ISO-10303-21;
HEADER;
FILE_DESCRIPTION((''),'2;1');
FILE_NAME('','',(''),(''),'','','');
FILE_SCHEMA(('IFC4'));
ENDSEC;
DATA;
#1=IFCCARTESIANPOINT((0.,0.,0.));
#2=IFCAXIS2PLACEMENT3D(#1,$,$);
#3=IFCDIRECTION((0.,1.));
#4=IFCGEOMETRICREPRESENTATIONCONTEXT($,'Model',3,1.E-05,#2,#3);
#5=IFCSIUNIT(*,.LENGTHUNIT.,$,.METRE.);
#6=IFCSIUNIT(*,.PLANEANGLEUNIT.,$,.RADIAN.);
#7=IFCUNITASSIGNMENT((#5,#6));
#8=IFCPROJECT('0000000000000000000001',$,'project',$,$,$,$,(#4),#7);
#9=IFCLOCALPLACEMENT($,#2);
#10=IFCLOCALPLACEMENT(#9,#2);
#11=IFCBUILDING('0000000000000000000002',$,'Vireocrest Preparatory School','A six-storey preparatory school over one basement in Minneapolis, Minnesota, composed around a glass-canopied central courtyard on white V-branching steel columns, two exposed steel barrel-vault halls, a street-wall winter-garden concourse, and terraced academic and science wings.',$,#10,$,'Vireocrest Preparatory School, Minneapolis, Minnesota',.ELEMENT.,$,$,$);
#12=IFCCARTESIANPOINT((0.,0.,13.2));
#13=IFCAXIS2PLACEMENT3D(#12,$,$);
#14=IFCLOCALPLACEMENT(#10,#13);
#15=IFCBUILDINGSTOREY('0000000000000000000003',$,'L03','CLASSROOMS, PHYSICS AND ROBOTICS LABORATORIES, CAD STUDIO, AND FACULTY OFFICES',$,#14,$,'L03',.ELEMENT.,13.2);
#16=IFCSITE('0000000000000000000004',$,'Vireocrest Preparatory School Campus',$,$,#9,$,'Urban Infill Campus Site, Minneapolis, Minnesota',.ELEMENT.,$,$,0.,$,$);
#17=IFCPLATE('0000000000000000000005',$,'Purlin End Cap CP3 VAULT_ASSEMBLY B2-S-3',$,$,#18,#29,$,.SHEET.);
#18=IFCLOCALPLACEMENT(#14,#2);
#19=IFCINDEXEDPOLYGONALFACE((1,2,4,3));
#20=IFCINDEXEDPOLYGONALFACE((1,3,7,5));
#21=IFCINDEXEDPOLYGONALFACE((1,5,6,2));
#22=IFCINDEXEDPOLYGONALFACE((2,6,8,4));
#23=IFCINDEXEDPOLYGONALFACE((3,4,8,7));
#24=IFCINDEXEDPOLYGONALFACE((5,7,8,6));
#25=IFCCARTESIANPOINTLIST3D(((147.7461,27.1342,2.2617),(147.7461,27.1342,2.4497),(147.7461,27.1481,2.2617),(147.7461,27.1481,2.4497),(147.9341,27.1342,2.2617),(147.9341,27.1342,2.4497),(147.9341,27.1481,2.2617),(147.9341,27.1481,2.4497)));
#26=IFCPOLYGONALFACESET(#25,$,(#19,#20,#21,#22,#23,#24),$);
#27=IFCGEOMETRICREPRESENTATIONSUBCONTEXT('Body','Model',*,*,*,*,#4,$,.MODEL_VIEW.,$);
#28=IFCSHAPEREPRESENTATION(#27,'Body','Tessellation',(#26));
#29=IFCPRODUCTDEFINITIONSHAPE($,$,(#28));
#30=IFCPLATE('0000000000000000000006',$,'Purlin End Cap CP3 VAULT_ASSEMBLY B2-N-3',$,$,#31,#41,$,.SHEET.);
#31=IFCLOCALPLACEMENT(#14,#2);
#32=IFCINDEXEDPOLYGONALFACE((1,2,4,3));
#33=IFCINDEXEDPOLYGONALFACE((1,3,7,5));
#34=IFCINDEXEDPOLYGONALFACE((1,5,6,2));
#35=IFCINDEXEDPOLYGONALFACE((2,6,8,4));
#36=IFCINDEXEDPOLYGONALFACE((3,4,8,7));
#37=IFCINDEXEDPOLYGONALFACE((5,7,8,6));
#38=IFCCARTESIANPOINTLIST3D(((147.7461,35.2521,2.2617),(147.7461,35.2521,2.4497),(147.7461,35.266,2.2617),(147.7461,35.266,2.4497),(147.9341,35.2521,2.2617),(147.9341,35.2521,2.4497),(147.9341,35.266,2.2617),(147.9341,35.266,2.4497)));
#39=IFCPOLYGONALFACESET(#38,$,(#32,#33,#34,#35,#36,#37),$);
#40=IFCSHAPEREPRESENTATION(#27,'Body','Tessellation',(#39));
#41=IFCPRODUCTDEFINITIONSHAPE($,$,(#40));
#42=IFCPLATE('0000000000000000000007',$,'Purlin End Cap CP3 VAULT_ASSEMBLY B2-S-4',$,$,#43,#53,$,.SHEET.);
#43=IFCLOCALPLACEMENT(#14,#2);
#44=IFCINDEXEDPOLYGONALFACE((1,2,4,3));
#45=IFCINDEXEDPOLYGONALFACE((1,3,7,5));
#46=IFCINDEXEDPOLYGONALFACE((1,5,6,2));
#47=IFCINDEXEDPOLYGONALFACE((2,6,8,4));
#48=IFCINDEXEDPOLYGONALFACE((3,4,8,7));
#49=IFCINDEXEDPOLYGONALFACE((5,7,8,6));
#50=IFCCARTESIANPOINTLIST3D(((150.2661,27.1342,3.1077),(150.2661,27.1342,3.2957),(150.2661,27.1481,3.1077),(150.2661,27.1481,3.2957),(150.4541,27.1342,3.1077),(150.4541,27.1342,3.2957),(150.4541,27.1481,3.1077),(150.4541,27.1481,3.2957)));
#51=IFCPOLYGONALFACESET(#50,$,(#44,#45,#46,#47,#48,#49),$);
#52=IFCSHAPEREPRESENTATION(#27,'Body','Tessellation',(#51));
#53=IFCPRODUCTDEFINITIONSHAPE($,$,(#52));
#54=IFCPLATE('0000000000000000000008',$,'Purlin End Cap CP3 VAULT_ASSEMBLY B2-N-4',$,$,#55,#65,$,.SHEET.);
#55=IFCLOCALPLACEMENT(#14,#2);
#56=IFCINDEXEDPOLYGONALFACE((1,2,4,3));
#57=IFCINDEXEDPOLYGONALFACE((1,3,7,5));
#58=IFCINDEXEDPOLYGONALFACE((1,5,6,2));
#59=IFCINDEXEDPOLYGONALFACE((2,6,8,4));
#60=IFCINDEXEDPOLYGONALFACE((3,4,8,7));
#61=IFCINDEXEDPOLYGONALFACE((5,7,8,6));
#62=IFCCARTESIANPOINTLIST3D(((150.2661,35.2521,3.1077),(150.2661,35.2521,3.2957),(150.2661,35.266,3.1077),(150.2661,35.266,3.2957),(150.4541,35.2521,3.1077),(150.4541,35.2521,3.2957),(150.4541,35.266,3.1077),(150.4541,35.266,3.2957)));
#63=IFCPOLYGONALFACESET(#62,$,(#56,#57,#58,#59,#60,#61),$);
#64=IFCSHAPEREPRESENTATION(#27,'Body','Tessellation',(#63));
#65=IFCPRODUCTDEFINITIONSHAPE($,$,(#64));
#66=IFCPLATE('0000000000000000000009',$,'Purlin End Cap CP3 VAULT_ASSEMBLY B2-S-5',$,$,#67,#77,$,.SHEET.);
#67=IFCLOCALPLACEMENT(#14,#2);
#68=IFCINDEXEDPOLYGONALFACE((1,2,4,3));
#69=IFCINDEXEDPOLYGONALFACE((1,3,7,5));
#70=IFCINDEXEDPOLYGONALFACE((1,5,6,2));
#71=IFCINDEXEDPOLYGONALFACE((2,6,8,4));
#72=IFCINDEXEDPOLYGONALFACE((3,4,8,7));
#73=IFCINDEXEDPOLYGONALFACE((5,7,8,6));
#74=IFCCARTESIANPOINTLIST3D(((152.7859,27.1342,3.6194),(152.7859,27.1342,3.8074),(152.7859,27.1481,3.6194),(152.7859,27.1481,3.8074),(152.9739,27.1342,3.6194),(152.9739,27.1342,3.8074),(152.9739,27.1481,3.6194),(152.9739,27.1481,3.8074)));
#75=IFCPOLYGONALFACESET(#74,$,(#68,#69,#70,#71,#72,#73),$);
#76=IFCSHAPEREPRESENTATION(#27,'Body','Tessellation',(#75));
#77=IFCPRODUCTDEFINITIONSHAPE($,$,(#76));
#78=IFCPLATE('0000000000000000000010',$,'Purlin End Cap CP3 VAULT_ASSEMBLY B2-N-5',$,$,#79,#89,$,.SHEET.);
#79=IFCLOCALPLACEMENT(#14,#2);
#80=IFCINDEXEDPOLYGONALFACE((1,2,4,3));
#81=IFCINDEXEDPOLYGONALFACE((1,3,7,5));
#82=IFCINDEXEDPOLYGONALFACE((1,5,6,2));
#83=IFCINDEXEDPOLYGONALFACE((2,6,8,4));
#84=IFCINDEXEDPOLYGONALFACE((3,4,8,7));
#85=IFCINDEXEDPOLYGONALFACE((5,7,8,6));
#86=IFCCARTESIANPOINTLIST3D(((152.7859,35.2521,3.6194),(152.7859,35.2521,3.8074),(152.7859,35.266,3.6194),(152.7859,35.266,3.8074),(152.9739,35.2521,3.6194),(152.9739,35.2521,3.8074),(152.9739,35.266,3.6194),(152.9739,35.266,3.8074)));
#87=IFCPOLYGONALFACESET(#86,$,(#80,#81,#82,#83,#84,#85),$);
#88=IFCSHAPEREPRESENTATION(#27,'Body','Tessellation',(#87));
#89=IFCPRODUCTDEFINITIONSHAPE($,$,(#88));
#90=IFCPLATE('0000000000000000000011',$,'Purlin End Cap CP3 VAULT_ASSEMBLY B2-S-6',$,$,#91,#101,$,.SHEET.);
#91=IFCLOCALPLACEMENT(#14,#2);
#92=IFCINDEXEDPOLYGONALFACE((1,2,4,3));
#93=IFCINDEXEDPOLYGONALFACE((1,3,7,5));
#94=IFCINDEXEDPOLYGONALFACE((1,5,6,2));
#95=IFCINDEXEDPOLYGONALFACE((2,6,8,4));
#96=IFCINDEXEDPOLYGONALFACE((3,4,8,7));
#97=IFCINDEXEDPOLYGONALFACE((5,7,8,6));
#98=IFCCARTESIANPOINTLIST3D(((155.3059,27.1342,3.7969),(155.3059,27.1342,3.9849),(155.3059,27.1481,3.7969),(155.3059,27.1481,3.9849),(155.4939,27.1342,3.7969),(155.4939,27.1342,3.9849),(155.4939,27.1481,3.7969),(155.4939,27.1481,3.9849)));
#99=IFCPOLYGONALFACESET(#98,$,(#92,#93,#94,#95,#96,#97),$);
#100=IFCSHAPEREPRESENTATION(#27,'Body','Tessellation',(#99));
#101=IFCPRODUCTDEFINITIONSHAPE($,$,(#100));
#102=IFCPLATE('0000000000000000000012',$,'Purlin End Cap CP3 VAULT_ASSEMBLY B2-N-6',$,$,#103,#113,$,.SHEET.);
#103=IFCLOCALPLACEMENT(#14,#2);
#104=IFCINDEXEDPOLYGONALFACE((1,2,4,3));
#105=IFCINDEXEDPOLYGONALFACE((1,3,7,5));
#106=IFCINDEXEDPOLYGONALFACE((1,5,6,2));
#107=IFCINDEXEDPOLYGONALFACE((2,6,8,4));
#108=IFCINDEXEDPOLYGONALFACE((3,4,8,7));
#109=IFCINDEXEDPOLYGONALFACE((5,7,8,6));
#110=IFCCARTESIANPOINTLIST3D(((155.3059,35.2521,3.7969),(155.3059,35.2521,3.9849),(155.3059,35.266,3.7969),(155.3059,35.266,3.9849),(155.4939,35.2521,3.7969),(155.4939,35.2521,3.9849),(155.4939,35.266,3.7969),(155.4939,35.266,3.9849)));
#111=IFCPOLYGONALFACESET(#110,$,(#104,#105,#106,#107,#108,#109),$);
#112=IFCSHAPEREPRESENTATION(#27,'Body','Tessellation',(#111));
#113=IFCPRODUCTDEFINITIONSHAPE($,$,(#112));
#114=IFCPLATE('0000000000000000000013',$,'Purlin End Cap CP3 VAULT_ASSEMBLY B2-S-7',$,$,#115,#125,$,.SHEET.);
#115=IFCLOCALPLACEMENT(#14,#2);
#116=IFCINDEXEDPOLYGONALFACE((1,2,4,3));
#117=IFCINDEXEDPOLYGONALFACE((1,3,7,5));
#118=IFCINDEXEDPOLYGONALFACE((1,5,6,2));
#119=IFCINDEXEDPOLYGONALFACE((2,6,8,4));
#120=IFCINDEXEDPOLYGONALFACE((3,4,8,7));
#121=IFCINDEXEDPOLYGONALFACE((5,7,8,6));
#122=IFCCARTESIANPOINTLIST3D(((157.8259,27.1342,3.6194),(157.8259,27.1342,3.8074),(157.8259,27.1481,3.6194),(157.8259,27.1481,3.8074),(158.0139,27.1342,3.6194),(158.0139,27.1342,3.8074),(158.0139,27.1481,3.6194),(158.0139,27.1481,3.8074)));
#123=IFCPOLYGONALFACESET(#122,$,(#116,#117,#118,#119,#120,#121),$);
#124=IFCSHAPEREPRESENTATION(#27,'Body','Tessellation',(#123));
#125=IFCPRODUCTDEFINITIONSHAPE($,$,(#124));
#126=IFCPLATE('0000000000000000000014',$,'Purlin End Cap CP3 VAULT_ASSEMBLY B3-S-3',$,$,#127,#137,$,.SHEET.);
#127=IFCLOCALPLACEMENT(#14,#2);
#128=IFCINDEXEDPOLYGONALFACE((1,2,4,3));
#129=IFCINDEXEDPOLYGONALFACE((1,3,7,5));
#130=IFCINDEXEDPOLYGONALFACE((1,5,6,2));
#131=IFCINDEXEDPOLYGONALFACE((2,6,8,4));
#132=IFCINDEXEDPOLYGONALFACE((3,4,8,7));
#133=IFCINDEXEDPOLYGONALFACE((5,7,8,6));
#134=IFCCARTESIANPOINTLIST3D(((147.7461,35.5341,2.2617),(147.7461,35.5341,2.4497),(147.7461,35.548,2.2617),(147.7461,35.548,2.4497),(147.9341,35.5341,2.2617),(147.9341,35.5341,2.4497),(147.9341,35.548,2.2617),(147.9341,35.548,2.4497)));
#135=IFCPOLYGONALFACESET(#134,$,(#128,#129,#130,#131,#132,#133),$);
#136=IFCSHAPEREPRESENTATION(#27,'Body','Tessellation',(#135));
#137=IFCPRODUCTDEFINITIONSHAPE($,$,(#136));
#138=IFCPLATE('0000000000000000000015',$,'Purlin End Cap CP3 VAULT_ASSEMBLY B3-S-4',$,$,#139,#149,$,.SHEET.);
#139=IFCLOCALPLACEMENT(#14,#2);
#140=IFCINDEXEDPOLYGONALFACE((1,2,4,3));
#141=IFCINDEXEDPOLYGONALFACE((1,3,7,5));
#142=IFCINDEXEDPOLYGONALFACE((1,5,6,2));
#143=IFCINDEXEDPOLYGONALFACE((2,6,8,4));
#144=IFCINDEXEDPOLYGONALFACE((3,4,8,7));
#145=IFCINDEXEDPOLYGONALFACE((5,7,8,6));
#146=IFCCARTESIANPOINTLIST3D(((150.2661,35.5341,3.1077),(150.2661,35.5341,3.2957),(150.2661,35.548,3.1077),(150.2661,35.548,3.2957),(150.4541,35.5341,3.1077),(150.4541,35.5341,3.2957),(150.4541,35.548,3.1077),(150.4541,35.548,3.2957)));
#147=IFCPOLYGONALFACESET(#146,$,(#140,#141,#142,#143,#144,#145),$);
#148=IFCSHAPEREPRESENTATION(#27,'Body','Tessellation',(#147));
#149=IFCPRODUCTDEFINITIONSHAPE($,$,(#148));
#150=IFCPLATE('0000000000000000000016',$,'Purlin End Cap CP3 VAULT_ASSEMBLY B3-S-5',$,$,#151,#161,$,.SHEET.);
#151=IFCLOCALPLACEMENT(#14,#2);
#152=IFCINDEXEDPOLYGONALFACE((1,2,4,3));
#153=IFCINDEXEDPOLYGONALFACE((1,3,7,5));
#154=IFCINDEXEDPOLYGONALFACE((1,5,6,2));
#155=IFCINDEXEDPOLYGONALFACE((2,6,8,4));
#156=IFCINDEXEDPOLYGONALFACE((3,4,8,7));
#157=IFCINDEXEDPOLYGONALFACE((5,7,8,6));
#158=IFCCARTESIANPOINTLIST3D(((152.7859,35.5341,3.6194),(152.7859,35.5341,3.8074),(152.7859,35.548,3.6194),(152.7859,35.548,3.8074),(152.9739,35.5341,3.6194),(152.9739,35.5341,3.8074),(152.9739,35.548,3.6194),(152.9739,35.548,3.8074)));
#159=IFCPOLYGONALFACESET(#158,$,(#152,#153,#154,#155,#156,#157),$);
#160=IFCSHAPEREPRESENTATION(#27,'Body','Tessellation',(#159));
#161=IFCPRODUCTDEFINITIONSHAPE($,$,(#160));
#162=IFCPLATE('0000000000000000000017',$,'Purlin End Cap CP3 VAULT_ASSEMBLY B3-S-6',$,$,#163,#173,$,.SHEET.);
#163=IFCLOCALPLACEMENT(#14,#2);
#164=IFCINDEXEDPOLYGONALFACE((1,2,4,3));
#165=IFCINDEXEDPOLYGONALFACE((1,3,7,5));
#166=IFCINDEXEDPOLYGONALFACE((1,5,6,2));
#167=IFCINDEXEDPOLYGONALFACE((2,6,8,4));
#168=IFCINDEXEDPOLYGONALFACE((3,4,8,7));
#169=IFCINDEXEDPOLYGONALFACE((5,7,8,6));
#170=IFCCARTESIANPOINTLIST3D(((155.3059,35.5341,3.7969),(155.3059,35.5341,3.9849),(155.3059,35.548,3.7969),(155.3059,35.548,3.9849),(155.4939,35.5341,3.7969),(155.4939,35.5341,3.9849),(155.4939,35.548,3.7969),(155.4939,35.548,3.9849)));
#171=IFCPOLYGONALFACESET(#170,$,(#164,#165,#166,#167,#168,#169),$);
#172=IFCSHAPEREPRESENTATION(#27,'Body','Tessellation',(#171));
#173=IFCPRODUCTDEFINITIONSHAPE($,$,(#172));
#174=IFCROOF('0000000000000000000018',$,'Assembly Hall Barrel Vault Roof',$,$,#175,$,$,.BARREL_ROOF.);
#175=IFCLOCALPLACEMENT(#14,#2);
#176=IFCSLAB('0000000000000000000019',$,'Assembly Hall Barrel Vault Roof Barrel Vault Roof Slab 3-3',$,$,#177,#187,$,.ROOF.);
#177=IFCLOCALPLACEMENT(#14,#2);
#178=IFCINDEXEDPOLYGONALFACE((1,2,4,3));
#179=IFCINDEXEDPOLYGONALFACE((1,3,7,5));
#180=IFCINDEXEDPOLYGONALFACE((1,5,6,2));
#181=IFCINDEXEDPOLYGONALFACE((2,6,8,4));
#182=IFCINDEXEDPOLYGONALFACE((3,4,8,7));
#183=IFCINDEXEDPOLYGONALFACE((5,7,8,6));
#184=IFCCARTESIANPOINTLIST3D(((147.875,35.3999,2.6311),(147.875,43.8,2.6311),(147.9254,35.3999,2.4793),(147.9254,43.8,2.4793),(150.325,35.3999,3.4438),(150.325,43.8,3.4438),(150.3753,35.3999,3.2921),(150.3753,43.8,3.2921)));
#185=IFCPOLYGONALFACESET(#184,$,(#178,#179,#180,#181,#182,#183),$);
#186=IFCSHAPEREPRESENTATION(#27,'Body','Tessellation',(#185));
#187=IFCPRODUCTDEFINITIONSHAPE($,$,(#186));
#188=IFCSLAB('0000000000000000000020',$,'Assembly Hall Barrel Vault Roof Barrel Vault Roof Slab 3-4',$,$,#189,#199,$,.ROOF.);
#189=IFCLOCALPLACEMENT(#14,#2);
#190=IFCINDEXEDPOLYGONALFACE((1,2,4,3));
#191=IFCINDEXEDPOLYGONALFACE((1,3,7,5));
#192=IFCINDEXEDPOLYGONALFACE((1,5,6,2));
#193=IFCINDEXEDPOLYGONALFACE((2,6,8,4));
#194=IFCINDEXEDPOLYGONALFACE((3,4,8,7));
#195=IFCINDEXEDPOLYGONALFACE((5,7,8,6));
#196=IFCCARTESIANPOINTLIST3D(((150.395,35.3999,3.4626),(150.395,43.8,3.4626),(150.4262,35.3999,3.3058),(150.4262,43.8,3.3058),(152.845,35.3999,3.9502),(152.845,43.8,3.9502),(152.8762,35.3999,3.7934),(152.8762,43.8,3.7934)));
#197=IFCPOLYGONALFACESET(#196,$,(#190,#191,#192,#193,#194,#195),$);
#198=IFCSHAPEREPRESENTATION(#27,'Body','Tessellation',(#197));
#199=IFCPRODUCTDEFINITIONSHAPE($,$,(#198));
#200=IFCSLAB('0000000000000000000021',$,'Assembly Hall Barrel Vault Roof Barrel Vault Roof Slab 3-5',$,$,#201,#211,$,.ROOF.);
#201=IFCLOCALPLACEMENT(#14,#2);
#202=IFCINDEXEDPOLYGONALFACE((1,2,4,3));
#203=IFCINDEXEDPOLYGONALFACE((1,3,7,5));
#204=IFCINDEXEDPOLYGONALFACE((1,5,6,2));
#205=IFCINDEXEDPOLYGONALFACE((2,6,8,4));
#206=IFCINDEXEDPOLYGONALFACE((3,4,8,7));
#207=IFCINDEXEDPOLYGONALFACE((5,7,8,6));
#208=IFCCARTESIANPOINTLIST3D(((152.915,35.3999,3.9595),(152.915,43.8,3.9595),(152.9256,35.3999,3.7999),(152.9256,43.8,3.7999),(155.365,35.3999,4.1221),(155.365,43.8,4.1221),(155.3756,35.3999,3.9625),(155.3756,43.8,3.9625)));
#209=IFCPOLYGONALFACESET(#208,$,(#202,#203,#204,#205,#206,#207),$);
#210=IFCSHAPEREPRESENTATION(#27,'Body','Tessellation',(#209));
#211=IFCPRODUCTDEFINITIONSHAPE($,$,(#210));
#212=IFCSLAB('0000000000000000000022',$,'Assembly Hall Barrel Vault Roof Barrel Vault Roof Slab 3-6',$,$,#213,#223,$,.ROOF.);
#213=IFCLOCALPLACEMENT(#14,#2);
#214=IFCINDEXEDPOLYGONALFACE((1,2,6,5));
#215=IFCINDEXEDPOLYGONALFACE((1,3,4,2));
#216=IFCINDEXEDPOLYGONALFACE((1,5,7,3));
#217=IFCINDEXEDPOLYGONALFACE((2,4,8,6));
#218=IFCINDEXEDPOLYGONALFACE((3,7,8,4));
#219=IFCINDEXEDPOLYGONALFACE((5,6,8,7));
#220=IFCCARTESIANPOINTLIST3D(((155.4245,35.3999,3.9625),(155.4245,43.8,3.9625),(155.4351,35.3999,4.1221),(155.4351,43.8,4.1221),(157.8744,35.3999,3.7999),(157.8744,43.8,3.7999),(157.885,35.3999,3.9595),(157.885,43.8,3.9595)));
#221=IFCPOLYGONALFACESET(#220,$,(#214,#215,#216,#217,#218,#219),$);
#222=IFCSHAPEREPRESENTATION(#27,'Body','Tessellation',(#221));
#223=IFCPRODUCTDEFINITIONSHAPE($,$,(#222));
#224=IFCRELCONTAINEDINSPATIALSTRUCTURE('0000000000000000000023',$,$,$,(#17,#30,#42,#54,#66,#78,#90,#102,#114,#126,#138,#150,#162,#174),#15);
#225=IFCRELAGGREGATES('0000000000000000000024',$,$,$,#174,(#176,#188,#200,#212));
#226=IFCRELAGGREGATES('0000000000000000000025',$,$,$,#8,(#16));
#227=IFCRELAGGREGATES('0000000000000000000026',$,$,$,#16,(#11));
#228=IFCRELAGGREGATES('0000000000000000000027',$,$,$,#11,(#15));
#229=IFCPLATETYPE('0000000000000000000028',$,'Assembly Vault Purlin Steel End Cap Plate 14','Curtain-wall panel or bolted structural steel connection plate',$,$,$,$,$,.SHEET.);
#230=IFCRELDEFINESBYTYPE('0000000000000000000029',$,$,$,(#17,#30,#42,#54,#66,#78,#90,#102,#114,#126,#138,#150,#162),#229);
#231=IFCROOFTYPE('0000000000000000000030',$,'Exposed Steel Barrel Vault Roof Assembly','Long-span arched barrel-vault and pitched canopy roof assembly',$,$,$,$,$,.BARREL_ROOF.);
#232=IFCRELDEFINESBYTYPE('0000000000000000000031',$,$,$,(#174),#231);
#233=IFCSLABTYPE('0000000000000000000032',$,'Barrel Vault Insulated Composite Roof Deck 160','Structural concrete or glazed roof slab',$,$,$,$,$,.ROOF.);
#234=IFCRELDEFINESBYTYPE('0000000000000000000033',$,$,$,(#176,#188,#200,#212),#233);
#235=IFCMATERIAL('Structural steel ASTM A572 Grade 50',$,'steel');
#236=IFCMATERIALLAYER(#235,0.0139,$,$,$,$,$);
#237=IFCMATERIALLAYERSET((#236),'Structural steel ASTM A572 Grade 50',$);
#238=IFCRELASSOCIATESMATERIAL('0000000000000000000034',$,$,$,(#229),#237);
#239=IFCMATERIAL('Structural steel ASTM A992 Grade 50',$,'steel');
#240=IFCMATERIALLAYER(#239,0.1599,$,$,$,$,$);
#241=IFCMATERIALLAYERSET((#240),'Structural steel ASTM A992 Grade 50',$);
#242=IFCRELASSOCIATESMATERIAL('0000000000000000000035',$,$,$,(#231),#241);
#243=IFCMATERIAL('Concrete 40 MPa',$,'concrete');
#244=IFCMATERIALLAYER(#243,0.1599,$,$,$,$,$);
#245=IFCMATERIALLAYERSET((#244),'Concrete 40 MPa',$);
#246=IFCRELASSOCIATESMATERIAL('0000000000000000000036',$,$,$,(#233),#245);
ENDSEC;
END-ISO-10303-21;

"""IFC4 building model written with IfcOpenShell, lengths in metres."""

from ifc_helpers import new_model, si_unit, direction, frame, origin, origin_2d, place, context, subcontext, project, spatial, polyline, rectangle, outline, extrude, material, layer, layer_set, type_object, element, aggregate, save


model = new_model("IFC4")

# Units and contexts
model_context = context("Model", 3, precision=1e-05, world=origin(), true_north=direction((0.0, 1.0)))
body_context = subcontext(model_context, "Body", "Model", "MODEL_VIEW")
ifc_project = project(units=[si_unit("LENGTHUNIT", "METRE"), si_unit("PLANEANGLEUNIT", "RADIAN")], contexts=[model_context])

# Site, building, storey
site_placement = place(None, origin())
site = spatial("IfcSite", under=ifc_project, at=site_placement, Name="Vireocrest Preparatory School Campus", LongName="Urban Infill Campus Site, Minneapolis, Minnesota", CompositionType="ELEMENT", RefElevation=0.0)
building_placement = place(site_placement, origin())
building = spatial("IfcBuilding", under=site, at=building_placement, Name="Vireocrest Preparatory School", Description="A six-storey preparatory school over one basement in Minneapolis, Minnesota, composed around a glass-canopied central courtyard on white V-branching steel columns, two exposed steel barrel-vault halls, a street-wall winter-garden concourse, and terraced academic and science wings.", LongName="Vireocrest Preparatory School, Minneapolis, Minnesota", CompositionType="ELEMENT")
storey_placement = place(building_placement, frame((0.0, 0.0, 13.2)))
storey = spatial("IfcBuildingStorey", under=building, at=storey_placement, Name="L03", Description="CLASSROOMS, PHYSICS AND ROBOTICS LABORATORIES, CAD STUDIO, AND FACULTY OFFICES", LongName="L03", CompositionType="ELEMENT", Elevation=13.2)

# Shared definitions
ifc_material_1 = material(Name="Structural steel ASTM A992 Grade 50", Category="steel")

# Plates
ifc_material_2 = material(Name="Structural steel ASTM A572 Grade 50", Category="steel")
ifc_layer_1 = layer(ifc_material_2, 0.0139)
ifc_layer_set_1 = layer_set([ifc_layer_1], Name="Structural steel ASTM A572 Grade 50")
plate_type = type_object("IfcPlateType", Name="Assembly Vault Purlin Steel End Cap Plate 14", Description="Curtain-wall panel or bolted structural steel connection plate", PredefinedType="SHEET", material=ifc_layer_set_1)
for number, where, z_axis, x_axis, name in (
    (1, (147.8401, 27.1411, 2.2617), (0.0, 0.0, 1.0), (1.0, 0.0, 0.0), "Purlin End Cap CP3 VAULT_ASSEMBLY B2-S-3"),
    (2, (147.8401, 35.259, 2.2617), (0.0, 0.0, 1.0), (1.0, 0.0, 0.0), "Purlin End Cap CP3 VAULT_ASSEMBLY B2-N-3"),
    (3, (150.3601, 27.1411, 3.1077), (0.0, 0.0, 1.0), (1.0, 0.0, 0.0), "Purlin End Cap CP3 VAULT_ASSEMBLY B2-S-4"),
    (4, (150.3601, 35.259, 3.1077), (0.0, 0.0, 1.0), (1.0, 0.0, 0.0), "Purlin End Cap CP3 VAULT_ASSEMBLY B2-N-4"),
    (5, (152.8799, 27.1411, 3.6194), (0.0, 0.0, 1.0), (1.0, 0.0, 0.0), "Purlin End Cap CP3 VAULT_ASSEMBLY B2-S-5"),
    (6, (152.8799, 35.259, 3.6194), (0.0, 0.0, 1.0), (1.0, 0.0, 0.0), "Purlin End Cap CP3 VAULT_ASSEMBLY B2-N-5"),
    (7, (155.3999, 27.1411, 3.7969), (0.0, 0.0, 1.0), (1.0, 0.0, 0.0), "Purlin End Cap CP3 VAULT_ASSEMBLY B2-S-6"),
    (8, (155.3999, 35.259, 3.7969), (0.0, 0.0, 1.0), (1.0, 0.0, 0.0), "Purlin End Cap CP3 VAULT_ASSEMBLY B2-N-6"),
    (9, (157.9199, 27.1411, 3.6194), (0.0, 0.0, 1.0), (1.0, 0.0, 0.0), "Purlin End Cap CP3 VAULT_ASSEMBLY B2-S-7"),
    (10, (147.8401, 35.541, 2.2617), (0.0, 0.0, 1.0), (1.0, 0.0, 0.0), "Purlin End Cap CP3 VAULT_ASSEMBLY B3-S-3"),
    (11, (150.3601, 35.541, 3.1077), (0.0, 0.0, 1.0), (1.0, 0.0, 0.0), "Purlin End Cap CP3 VAULT_ASSEMBLY B3-S-4"),
    (12, (152.8799, 35.541, 3.6194), (0.0, 0.0, 1.0), (1.0, 0.0, 0.0), "Purlin End Cap CP3 VAULT_ASSEMBLY B3-S-5"),
    (13, (155.3999, 35.541, 3.7969), (0.0, 0.0, 1.0), (1.0, 0.0, 0.0), "Purlin End Cap CP3 VAULT_ASSEMBLY B3-S-6"),
):
    element("IfcPlate", number, at=place(storey_placement, frame(where, z_axis=z_axis, x_axis=x_axis)), inside=storey, type_object=plate_type, Name=name, PredefinedType="SHEET", context=body_context, shape_type="SweptSolid", body=[
        extrude(rectangle(XDim=0.188, YDim=0.0139, at=origin_2d()), origin(), (0.0, 0.0, 1.0), 0.188),
    ])

# Roof, slabs
ifc_layer_2 = layer(ifc_material_1, 0.1599)
ifc_layer_set_2 = layer_set([ifc_layer_2], Name="Structural steel ASTM A992 Grade 50")
roof_type = type_object("IfcRoofType", Name="Exposed Steel Barrel Vault Roof Assembly", Description="Long-span arched barrel-vault and pitched canopy roof assembly", PredefinedType="BARREL_ROOF", material=ifc_layer_set_2)
roof_placement = place(storey_placement, origin())
roof = element("IfcRoof", 14, at=roof_placement, inside=storey, type_object=roof_type, Name="Assembly Hall Barrel Vault Roof", PredefinedType="BARREL_ROOF")
ifc_material_3 = material(Name="Concrete 40 MPa", Category="concrete")
ifc_layer_3 = layer(ifc_material_3, 0.1599)
ifc_layer_set_3 = layer_set([ifc_layer_3], Name="Concrete 40 MPa")
slab_type = type_object("IfcSlabType", Name="Barrel Vault Insulated Composite Roof Deck 160", Description="Structural concrete or glazed roof slab", PredefinedType="ROOF", material=ifc_layer_set_3)
slab_1_placement = place(storey_placement, frame((147.875, 35.3999, 2.6311), z_axis=(-0.314865, 0.0, 0.949136), x_axis=(0.949136, 0.0, 0.314865)))
slab_1 = element("IfcSlab", 15, at=slab_1_placement, type_object=slab_type, Name="Assembly Hall Barrel Vault Roof Barrel Vault Roof Slab 3-3", PredefinedType="ROOF", context=body_context, shape_type="SweptSolid", body=[
    extrude(outline(polyline([(0.0, 0.0), (2.5812, 0.0), (2.5812, 8.4001), (0.0, 8.4001), (0.0, 0.0)])), origin(), (0.0, 0.0, -1.0), 0.1599),
])
slab_2_placement = place(storey_placement, frame((150.395, 35.3999, 3.4626), z_axis=(-0.195176, 0.0, 0.980768), x_axis=(0.980768, 0.0, 0.195176)))
slab_2 = element("IfcSlab", 16, at=slab_2_placement, type_object=slab_type, Name="Assembly Hall Barrel Vault Roof Barrel Vault Roof Slab 3-4", PredefinedType="ROOF", context=body_context, shape_type="SweptSolid", body=[
    extrude(outline(polyline([(0.0, 0.0), (2.498, 0.0), (2.498, 8.4001), (0.0, 8.4001), (0.0, 0.0)])), origin(), (0.0, 0.0, -1.0), 0.1599),
])
slab_3_placement = place(storey_placement, frame((152.915, 35.3999, 3.9595), z_axis=(-0.066222, 0.0, 0.997805), x_axis=(0.997805, 0.0, 0.066222)))
slab_3 = element("IfcSlab", 17, at=slab_3_placement, type_object=slab_type, Name="Assembly Hall Barrel Vault Roof Barrel Vault Roof Slab 3-5", PredefinedType="ROOF", context=body_context, shape_type="SweptSolid", body=[
    extrude(outline(polyline([(0.0, 0.0), (2.4553, 0.0), (2.4553, 8.4001), (0.0, 8.4001), (0.0, 0.0)])), origin(), (0.0, 0.0, -1.0), 0.1599),
])
slab_4_placement = place(storey_placement, frame((155.4351, 35.3999, 4.1221), z_axis=(0.066222, 0.0, 0.997805), x_axis=(0.997805, 0.0, -0.066222)))
slab_4 = element("IfcSlab", 18, at=slab_4_placement, type_object=slab_type, Name="Assembly Hall Barrel Vault Roof Barrel Vault Roof Slab 3-6", PredefinedType="ROOF", context=body_context, shape_type="SweptSolid", body=[
    extrude(outline(polyline([(0.0, 0.0), (2.4553, 0.0), (2.4553, 8.4001), (0.0, 8.4001), (0.0, 0.0)])), origin(), (0.0, 0.0, -1.0), 0.1599),
])
aggregate(roof, [slab_1, slab_2, slab_3, slab_4])

save(model, "model.ifc")
